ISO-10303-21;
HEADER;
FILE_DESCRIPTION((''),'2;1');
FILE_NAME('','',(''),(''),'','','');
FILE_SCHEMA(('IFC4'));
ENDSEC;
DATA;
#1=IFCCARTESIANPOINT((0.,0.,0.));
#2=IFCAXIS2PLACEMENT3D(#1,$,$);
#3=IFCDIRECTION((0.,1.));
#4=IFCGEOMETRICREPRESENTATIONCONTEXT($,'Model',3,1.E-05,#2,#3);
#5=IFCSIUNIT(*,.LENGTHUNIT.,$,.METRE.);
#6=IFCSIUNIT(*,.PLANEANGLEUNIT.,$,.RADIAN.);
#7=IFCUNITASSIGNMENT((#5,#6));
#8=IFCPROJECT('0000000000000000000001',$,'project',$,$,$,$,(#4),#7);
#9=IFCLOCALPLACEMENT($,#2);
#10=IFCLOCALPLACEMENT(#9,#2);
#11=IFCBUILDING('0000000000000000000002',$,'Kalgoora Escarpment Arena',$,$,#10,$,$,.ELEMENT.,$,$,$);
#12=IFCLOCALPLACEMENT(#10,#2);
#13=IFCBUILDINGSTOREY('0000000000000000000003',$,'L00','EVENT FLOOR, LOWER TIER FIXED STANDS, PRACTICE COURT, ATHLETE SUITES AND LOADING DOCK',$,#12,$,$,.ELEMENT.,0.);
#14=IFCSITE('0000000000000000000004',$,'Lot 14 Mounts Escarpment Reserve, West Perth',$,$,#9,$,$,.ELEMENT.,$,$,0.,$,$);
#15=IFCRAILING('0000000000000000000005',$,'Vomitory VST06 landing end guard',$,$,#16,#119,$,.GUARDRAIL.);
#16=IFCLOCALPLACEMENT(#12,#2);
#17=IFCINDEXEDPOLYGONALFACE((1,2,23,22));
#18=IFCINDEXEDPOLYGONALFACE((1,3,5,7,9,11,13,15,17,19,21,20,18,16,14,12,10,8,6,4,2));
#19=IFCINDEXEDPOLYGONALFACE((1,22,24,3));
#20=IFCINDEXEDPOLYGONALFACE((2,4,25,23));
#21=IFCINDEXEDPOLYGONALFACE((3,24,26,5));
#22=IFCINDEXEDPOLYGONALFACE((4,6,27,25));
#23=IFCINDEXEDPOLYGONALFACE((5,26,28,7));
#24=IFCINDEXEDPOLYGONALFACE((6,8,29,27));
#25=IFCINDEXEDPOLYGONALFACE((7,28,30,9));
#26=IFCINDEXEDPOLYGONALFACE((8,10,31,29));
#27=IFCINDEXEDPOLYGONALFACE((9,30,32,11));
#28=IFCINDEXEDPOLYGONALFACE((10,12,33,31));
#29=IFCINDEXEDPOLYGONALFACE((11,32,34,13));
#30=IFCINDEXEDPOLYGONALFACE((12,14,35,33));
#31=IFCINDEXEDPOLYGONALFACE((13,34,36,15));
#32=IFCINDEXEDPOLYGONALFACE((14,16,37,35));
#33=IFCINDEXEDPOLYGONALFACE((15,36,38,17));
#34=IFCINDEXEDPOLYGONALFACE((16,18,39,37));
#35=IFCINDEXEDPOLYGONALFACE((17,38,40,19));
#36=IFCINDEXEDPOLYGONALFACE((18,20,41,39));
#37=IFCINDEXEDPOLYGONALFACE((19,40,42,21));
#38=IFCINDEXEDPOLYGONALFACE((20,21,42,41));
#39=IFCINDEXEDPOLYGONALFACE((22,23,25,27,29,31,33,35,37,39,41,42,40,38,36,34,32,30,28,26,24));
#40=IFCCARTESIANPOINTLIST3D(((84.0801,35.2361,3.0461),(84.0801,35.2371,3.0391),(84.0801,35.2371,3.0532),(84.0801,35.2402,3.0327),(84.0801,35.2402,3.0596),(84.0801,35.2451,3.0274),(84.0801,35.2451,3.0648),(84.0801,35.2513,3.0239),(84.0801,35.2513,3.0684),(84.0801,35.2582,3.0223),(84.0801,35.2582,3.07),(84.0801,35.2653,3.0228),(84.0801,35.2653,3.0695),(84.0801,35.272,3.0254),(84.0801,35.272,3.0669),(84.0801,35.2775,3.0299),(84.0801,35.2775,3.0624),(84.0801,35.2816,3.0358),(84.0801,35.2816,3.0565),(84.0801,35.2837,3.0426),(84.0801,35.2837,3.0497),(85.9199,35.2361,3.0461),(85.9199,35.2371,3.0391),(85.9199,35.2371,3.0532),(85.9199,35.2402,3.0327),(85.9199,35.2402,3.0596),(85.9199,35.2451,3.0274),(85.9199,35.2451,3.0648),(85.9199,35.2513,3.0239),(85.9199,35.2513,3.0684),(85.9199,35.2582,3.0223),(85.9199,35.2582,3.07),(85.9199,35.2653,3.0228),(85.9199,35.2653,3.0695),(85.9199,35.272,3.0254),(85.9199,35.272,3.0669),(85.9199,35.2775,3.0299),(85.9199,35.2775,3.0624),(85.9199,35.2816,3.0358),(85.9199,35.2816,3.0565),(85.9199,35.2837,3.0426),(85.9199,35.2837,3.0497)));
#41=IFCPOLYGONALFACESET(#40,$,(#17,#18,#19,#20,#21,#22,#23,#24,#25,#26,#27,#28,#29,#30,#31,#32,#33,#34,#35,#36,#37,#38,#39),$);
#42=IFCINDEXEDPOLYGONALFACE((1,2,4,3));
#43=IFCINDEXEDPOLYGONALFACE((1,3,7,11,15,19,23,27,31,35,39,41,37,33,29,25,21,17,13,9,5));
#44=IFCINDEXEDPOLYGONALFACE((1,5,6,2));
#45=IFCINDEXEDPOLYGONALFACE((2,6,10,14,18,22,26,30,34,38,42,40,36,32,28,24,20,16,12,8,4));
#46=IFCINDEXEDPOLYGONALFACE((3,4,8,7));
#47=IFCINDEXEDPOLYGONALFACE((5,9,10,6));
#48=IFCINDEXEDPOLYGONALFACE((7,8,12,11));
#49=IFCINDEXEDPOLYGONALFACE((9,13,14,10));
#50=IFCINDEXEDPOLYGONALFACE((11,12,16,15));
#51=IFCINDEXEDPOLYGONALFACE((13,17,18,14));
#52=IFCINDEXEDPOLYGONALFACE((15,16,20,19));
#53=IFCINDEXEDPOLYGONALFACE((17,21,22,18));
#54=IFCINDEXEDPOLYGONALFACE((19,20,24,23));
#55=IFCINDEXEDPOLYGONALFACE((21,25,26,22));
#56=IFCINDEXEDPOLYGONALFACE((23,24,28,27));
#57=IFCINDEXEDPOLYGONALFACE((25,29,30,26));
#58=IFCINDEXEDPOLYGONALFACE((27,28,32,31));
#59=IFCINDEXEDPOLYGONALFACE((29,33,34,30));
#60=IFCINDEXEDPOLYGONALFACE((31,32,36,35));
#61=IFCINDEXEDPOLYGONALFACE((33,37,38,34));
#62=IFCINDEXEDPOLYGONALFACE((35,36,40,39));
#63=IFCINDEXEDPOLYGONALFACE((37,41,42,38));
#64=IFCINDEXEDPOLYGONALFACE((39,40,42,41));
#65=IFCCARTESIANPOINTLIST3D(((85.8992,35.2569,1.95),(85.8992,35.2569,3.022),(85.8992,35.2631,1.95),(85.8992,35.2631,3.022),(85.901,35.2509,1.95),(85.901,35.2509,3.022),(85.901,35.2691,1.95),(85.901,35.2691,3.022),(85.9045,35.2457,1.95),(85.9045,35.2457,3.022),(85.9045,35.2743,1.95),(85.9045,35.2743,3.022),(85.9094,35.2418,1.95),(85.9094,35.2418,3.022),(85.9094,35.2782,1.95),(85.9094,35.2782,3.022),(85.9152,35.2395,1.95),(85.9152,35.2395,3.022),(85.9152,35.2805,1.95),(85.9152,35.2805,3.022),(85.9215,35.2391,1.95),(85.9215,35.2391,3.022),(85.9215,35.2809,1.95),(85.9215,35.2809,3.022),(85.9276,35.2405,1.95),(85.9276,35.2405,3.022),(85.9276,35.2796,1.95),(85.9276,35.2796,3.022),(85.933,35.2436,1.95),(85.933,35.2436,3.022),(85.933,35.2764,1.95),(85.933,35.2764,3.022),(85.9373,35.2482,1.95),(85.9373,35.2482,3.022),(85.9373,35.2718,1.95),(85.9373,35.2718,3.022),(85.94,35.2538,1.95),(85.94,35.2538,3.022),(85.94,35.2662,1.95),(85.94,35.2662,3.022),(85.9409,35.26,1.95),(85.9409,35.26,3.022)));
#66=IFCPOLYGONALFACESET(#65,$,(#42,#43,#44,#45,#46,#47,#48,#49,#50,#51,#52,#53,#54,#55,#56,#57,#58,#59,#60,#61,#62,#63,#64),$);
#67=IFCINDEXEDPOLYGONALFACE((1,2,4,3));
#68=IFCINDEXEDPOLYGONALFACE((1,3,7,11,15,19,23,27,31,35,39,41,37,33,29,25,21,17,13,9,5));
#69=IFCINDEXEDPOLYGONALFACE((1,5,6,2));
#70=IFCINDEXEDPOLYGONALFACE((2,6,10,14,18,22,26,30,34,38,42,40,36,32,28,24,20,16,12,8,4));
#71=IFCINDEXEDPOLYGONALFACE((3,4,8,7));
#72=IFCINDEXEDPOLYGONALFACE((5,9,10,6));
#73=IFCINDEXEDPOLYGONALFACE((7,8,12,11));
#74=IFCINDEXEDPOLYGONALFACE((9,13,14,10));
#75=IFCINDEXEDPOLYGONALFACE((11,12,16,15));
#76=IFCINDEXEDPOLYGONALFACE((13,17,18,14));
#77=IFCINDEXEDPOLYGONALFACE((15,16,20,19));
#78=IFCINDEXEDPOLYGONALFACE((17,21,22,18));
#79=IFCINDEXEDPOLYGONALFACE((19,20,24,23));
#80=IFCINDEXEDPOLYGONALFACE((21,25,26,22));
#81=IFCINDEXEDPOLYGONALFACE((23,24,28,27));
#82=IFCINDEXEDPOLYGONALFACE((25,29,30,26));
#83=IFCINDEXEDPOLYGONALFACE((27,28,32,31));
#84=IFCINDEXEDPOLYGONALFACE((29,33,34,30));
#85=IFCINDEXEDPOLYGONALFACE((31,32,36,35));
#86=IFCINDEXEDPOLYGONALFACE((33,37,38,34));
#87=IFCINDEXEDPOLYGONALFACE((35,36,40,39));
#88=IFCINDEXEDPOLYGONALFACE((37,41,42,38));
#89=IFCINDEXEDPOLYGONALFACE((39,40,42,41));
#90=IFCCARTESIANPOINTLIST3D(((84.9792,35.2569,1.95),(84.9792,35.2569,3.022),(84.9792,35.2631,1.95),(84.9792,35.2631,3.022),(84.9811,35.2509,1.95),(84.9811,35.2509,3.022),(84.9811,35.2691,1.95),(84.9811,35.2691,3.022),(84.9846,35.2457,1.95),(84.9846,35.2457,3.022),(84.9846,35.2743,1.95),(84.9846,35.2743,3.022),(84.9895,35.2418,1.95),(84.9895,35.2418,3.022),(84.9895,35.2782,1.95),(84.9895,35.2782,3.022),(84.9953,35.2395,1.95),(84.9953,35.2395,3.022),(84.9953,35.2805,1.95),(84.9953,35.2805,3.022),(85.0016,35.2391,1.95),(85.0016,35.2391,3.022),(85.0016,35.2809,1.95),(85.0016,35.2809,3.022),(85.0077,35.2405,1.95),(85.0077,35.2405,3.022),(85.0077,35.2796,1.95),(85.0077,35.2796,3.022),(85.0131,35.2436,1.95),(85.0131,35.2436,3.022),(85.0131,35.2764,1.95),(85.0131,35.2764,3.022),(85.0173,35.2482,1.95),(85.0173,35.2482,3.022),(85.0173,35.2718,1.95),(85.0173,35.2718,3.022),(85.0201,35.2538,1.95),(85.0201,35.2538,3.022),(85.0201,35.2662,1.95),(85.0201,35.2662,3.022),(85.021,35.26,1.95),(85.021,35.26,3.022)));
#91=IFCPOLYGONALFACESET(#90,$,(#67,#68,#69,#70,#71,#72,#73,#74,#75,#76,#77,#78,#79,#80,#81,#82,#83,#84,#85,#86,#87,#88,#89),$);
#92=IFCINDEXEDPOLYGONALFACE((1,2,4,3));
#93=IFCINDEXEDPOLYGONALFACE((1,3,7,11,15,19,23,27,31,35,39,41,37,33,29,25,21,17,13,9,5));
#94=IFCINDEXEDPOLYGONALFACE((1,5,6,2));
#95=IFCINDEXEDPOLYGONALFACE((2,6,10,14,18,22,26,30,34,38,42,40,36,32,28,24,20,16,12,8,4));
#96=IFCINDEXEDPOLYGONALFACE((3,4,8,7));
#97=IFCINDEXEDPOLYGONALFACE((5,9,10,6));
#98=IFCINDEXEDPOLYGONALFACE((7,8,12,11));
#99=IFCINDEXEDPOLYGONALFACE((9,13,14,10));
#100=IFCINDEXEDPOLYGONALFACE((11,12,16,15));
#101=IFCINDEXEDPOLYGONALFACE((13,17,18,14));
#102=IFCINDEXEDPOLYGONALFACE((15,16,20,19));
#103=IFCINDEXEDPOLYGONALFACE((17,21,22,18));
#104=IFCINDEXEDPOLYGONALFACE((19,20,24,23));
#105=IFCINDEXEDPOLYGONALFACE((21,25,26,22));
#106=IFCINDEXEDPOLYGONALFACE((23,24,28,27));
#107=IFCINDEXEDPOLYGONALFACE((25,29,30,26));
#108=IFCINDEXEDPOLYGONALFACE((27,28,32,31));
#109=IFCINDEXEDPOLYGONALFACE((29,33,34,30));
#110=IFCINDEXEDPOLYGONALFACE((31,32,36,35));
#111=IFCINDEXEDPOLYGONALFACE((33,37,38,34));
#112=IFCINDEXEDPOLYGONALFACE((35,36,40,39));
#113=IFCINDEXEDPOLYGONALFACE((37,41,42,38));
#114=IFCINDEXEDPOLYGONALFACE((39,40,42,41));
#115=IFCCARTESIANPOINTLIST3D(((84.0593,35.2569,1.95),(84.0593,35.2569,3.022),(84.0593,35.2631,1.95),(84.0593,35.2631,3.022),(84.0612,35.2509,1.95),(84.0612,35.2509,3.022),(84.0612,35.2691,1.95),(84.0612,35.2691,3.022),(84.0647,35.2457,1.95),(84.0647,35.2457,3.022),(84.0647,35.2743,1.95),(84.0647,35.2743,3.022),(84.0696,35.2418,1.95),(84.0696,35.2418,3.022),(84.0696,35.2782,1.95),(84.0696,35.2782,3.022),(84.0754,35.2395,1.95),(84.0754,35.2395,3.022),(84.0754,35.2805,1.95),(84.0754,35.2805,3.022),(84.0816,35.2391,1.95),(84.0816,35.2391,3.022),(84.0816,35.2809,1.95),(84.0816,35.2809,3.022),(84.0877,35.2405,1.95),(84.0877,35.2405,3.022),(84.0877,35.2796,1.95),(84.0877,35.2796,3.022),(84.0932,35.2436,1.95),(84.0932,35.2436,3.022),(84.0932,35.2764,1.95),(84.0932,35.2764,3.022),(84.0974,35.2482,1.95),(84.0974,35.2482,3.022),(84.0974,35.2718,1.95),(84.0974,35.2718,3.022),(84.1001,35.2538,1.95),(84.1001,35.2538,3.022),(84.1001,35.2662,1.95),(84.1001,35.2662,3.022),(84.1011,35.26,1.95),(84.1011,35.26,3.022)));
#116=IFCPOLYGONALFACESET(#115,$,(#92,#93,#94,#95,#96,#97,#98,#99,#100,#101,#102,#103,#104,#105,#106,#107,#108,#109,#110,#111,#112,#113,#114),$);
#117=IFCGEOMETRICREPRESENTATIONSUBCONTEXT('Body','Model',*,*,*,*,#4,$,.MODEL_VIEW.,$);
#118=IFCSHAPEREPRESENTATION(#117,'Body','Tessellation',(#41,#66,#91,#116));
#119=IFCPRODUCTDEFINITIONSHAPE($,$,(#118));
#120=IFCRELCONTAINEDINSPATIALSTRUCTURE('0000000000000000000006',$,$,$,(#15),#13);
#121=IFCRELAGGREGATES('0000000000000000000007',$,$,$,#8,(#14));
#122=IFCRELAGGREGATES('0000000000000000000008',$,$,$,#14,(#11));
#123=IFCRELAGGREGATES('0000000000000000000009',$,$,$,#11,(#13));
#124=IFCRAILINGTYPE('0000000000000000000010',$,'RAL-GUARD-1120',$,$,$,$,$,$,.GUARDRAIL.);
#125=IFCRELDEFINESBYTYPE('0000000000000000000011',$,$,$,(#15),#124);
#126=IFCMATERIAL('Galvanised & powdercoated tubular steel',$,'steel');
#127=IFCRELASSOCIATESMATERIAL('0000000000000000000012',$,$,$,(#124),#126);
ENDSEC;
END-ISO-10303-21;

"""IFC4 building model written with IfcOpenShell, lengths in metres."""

from ifc_helpers import new_model, si_unit, direction, frame, origin, origin_2d, place, context, subcontext, project, spatial, circle, extrude, material, type_object, element, save


model = new_model("IFC4")

# Units and contexts
model_context = context("Model", 3, precision=1e-05, world=origin(), true_north=direction((0.0, 1.0)))
body_context = subcontext(model_context, "Body", "Model", "MODEL_VIEW")
ifc_project = project(units=[si_unit("LENGTHUNIT", "METRE"), si_unit("PLANEANGLEUNIT", "RADIAN")], contexts=[model_context])

# Site, building, storey
site_placement = place(None, origin())
site = spatial("IfcSite", under=ifc_project, at=site_placement, Name="Lot 14 Mounts Escarpment Reserve, West Perth", CompositionType="ELEMENT", RefElevation=0.0)
building_placement = place(site_placement, origin())
building = spatial("IfcBuilding", under=site, at=building_placement, Name="Kalgoora Escarpment Arena", CompositionType="ELEMENT")
storey_placement = place(building_placement, origin())
storey = spatial("IfcBuildingStorey", under=building, at=storey_placement, Name="L00", Description="EVENT FLOOR, LOWER TIER FIXED STANDS, PRACTICE COURT, ATHLETE SUITES AND LOADING DOCK", CompositionType="ELEMENT", Elevation=0.0)

# Railing
ifc_material_1 = material(Name="Galvanised & powdercoated tubular steel", Category="steel")
railing_type_1 = type_object("IfcRailingType", Name="RAL-GUARD-1120", PredefinedType="GUARDRAIL", material=ifc_material_1)
railing_1_placement = place(storey_placement, frame((85.9199, 35.26, 1.95)))
element("IfcRailing", 1, at=railing_1_placement, inside=storey, type_object=railing_type_1, Name="Vomitory VST06 landing end guard", PredefinedType="GUARDRAIL", context=body_context, shape_type="SweptSolid", body=[
    extrude(circle(Radius=0.0239, at=origin_2d()), frame((0.0, 0.0, 1.0962), z_axis=(-1.0, 0.0, 0.0), x_axis=(0.0, -1.0, 0.0)), (0.0, 0.0, 1.0), 1.8398),
    extrude(circle(Radius=0.021, at=origin_2d()), origin(), (0.0, 0.0, 1.0), 1.072),
    extrude(circle(Radius=0.021, at=origin_2d()), frame((-0.9199, 0.0, 0.0)), (0.0, 0.0, 1.0), 1.072),
    extrude(circle(Radius=0.021, at=origin_2d()), frame((-1.8398, 0.0, 0.0)), (0.0, 0.0, 1.0), 1.072),
])

save(model, "model.ifc")
